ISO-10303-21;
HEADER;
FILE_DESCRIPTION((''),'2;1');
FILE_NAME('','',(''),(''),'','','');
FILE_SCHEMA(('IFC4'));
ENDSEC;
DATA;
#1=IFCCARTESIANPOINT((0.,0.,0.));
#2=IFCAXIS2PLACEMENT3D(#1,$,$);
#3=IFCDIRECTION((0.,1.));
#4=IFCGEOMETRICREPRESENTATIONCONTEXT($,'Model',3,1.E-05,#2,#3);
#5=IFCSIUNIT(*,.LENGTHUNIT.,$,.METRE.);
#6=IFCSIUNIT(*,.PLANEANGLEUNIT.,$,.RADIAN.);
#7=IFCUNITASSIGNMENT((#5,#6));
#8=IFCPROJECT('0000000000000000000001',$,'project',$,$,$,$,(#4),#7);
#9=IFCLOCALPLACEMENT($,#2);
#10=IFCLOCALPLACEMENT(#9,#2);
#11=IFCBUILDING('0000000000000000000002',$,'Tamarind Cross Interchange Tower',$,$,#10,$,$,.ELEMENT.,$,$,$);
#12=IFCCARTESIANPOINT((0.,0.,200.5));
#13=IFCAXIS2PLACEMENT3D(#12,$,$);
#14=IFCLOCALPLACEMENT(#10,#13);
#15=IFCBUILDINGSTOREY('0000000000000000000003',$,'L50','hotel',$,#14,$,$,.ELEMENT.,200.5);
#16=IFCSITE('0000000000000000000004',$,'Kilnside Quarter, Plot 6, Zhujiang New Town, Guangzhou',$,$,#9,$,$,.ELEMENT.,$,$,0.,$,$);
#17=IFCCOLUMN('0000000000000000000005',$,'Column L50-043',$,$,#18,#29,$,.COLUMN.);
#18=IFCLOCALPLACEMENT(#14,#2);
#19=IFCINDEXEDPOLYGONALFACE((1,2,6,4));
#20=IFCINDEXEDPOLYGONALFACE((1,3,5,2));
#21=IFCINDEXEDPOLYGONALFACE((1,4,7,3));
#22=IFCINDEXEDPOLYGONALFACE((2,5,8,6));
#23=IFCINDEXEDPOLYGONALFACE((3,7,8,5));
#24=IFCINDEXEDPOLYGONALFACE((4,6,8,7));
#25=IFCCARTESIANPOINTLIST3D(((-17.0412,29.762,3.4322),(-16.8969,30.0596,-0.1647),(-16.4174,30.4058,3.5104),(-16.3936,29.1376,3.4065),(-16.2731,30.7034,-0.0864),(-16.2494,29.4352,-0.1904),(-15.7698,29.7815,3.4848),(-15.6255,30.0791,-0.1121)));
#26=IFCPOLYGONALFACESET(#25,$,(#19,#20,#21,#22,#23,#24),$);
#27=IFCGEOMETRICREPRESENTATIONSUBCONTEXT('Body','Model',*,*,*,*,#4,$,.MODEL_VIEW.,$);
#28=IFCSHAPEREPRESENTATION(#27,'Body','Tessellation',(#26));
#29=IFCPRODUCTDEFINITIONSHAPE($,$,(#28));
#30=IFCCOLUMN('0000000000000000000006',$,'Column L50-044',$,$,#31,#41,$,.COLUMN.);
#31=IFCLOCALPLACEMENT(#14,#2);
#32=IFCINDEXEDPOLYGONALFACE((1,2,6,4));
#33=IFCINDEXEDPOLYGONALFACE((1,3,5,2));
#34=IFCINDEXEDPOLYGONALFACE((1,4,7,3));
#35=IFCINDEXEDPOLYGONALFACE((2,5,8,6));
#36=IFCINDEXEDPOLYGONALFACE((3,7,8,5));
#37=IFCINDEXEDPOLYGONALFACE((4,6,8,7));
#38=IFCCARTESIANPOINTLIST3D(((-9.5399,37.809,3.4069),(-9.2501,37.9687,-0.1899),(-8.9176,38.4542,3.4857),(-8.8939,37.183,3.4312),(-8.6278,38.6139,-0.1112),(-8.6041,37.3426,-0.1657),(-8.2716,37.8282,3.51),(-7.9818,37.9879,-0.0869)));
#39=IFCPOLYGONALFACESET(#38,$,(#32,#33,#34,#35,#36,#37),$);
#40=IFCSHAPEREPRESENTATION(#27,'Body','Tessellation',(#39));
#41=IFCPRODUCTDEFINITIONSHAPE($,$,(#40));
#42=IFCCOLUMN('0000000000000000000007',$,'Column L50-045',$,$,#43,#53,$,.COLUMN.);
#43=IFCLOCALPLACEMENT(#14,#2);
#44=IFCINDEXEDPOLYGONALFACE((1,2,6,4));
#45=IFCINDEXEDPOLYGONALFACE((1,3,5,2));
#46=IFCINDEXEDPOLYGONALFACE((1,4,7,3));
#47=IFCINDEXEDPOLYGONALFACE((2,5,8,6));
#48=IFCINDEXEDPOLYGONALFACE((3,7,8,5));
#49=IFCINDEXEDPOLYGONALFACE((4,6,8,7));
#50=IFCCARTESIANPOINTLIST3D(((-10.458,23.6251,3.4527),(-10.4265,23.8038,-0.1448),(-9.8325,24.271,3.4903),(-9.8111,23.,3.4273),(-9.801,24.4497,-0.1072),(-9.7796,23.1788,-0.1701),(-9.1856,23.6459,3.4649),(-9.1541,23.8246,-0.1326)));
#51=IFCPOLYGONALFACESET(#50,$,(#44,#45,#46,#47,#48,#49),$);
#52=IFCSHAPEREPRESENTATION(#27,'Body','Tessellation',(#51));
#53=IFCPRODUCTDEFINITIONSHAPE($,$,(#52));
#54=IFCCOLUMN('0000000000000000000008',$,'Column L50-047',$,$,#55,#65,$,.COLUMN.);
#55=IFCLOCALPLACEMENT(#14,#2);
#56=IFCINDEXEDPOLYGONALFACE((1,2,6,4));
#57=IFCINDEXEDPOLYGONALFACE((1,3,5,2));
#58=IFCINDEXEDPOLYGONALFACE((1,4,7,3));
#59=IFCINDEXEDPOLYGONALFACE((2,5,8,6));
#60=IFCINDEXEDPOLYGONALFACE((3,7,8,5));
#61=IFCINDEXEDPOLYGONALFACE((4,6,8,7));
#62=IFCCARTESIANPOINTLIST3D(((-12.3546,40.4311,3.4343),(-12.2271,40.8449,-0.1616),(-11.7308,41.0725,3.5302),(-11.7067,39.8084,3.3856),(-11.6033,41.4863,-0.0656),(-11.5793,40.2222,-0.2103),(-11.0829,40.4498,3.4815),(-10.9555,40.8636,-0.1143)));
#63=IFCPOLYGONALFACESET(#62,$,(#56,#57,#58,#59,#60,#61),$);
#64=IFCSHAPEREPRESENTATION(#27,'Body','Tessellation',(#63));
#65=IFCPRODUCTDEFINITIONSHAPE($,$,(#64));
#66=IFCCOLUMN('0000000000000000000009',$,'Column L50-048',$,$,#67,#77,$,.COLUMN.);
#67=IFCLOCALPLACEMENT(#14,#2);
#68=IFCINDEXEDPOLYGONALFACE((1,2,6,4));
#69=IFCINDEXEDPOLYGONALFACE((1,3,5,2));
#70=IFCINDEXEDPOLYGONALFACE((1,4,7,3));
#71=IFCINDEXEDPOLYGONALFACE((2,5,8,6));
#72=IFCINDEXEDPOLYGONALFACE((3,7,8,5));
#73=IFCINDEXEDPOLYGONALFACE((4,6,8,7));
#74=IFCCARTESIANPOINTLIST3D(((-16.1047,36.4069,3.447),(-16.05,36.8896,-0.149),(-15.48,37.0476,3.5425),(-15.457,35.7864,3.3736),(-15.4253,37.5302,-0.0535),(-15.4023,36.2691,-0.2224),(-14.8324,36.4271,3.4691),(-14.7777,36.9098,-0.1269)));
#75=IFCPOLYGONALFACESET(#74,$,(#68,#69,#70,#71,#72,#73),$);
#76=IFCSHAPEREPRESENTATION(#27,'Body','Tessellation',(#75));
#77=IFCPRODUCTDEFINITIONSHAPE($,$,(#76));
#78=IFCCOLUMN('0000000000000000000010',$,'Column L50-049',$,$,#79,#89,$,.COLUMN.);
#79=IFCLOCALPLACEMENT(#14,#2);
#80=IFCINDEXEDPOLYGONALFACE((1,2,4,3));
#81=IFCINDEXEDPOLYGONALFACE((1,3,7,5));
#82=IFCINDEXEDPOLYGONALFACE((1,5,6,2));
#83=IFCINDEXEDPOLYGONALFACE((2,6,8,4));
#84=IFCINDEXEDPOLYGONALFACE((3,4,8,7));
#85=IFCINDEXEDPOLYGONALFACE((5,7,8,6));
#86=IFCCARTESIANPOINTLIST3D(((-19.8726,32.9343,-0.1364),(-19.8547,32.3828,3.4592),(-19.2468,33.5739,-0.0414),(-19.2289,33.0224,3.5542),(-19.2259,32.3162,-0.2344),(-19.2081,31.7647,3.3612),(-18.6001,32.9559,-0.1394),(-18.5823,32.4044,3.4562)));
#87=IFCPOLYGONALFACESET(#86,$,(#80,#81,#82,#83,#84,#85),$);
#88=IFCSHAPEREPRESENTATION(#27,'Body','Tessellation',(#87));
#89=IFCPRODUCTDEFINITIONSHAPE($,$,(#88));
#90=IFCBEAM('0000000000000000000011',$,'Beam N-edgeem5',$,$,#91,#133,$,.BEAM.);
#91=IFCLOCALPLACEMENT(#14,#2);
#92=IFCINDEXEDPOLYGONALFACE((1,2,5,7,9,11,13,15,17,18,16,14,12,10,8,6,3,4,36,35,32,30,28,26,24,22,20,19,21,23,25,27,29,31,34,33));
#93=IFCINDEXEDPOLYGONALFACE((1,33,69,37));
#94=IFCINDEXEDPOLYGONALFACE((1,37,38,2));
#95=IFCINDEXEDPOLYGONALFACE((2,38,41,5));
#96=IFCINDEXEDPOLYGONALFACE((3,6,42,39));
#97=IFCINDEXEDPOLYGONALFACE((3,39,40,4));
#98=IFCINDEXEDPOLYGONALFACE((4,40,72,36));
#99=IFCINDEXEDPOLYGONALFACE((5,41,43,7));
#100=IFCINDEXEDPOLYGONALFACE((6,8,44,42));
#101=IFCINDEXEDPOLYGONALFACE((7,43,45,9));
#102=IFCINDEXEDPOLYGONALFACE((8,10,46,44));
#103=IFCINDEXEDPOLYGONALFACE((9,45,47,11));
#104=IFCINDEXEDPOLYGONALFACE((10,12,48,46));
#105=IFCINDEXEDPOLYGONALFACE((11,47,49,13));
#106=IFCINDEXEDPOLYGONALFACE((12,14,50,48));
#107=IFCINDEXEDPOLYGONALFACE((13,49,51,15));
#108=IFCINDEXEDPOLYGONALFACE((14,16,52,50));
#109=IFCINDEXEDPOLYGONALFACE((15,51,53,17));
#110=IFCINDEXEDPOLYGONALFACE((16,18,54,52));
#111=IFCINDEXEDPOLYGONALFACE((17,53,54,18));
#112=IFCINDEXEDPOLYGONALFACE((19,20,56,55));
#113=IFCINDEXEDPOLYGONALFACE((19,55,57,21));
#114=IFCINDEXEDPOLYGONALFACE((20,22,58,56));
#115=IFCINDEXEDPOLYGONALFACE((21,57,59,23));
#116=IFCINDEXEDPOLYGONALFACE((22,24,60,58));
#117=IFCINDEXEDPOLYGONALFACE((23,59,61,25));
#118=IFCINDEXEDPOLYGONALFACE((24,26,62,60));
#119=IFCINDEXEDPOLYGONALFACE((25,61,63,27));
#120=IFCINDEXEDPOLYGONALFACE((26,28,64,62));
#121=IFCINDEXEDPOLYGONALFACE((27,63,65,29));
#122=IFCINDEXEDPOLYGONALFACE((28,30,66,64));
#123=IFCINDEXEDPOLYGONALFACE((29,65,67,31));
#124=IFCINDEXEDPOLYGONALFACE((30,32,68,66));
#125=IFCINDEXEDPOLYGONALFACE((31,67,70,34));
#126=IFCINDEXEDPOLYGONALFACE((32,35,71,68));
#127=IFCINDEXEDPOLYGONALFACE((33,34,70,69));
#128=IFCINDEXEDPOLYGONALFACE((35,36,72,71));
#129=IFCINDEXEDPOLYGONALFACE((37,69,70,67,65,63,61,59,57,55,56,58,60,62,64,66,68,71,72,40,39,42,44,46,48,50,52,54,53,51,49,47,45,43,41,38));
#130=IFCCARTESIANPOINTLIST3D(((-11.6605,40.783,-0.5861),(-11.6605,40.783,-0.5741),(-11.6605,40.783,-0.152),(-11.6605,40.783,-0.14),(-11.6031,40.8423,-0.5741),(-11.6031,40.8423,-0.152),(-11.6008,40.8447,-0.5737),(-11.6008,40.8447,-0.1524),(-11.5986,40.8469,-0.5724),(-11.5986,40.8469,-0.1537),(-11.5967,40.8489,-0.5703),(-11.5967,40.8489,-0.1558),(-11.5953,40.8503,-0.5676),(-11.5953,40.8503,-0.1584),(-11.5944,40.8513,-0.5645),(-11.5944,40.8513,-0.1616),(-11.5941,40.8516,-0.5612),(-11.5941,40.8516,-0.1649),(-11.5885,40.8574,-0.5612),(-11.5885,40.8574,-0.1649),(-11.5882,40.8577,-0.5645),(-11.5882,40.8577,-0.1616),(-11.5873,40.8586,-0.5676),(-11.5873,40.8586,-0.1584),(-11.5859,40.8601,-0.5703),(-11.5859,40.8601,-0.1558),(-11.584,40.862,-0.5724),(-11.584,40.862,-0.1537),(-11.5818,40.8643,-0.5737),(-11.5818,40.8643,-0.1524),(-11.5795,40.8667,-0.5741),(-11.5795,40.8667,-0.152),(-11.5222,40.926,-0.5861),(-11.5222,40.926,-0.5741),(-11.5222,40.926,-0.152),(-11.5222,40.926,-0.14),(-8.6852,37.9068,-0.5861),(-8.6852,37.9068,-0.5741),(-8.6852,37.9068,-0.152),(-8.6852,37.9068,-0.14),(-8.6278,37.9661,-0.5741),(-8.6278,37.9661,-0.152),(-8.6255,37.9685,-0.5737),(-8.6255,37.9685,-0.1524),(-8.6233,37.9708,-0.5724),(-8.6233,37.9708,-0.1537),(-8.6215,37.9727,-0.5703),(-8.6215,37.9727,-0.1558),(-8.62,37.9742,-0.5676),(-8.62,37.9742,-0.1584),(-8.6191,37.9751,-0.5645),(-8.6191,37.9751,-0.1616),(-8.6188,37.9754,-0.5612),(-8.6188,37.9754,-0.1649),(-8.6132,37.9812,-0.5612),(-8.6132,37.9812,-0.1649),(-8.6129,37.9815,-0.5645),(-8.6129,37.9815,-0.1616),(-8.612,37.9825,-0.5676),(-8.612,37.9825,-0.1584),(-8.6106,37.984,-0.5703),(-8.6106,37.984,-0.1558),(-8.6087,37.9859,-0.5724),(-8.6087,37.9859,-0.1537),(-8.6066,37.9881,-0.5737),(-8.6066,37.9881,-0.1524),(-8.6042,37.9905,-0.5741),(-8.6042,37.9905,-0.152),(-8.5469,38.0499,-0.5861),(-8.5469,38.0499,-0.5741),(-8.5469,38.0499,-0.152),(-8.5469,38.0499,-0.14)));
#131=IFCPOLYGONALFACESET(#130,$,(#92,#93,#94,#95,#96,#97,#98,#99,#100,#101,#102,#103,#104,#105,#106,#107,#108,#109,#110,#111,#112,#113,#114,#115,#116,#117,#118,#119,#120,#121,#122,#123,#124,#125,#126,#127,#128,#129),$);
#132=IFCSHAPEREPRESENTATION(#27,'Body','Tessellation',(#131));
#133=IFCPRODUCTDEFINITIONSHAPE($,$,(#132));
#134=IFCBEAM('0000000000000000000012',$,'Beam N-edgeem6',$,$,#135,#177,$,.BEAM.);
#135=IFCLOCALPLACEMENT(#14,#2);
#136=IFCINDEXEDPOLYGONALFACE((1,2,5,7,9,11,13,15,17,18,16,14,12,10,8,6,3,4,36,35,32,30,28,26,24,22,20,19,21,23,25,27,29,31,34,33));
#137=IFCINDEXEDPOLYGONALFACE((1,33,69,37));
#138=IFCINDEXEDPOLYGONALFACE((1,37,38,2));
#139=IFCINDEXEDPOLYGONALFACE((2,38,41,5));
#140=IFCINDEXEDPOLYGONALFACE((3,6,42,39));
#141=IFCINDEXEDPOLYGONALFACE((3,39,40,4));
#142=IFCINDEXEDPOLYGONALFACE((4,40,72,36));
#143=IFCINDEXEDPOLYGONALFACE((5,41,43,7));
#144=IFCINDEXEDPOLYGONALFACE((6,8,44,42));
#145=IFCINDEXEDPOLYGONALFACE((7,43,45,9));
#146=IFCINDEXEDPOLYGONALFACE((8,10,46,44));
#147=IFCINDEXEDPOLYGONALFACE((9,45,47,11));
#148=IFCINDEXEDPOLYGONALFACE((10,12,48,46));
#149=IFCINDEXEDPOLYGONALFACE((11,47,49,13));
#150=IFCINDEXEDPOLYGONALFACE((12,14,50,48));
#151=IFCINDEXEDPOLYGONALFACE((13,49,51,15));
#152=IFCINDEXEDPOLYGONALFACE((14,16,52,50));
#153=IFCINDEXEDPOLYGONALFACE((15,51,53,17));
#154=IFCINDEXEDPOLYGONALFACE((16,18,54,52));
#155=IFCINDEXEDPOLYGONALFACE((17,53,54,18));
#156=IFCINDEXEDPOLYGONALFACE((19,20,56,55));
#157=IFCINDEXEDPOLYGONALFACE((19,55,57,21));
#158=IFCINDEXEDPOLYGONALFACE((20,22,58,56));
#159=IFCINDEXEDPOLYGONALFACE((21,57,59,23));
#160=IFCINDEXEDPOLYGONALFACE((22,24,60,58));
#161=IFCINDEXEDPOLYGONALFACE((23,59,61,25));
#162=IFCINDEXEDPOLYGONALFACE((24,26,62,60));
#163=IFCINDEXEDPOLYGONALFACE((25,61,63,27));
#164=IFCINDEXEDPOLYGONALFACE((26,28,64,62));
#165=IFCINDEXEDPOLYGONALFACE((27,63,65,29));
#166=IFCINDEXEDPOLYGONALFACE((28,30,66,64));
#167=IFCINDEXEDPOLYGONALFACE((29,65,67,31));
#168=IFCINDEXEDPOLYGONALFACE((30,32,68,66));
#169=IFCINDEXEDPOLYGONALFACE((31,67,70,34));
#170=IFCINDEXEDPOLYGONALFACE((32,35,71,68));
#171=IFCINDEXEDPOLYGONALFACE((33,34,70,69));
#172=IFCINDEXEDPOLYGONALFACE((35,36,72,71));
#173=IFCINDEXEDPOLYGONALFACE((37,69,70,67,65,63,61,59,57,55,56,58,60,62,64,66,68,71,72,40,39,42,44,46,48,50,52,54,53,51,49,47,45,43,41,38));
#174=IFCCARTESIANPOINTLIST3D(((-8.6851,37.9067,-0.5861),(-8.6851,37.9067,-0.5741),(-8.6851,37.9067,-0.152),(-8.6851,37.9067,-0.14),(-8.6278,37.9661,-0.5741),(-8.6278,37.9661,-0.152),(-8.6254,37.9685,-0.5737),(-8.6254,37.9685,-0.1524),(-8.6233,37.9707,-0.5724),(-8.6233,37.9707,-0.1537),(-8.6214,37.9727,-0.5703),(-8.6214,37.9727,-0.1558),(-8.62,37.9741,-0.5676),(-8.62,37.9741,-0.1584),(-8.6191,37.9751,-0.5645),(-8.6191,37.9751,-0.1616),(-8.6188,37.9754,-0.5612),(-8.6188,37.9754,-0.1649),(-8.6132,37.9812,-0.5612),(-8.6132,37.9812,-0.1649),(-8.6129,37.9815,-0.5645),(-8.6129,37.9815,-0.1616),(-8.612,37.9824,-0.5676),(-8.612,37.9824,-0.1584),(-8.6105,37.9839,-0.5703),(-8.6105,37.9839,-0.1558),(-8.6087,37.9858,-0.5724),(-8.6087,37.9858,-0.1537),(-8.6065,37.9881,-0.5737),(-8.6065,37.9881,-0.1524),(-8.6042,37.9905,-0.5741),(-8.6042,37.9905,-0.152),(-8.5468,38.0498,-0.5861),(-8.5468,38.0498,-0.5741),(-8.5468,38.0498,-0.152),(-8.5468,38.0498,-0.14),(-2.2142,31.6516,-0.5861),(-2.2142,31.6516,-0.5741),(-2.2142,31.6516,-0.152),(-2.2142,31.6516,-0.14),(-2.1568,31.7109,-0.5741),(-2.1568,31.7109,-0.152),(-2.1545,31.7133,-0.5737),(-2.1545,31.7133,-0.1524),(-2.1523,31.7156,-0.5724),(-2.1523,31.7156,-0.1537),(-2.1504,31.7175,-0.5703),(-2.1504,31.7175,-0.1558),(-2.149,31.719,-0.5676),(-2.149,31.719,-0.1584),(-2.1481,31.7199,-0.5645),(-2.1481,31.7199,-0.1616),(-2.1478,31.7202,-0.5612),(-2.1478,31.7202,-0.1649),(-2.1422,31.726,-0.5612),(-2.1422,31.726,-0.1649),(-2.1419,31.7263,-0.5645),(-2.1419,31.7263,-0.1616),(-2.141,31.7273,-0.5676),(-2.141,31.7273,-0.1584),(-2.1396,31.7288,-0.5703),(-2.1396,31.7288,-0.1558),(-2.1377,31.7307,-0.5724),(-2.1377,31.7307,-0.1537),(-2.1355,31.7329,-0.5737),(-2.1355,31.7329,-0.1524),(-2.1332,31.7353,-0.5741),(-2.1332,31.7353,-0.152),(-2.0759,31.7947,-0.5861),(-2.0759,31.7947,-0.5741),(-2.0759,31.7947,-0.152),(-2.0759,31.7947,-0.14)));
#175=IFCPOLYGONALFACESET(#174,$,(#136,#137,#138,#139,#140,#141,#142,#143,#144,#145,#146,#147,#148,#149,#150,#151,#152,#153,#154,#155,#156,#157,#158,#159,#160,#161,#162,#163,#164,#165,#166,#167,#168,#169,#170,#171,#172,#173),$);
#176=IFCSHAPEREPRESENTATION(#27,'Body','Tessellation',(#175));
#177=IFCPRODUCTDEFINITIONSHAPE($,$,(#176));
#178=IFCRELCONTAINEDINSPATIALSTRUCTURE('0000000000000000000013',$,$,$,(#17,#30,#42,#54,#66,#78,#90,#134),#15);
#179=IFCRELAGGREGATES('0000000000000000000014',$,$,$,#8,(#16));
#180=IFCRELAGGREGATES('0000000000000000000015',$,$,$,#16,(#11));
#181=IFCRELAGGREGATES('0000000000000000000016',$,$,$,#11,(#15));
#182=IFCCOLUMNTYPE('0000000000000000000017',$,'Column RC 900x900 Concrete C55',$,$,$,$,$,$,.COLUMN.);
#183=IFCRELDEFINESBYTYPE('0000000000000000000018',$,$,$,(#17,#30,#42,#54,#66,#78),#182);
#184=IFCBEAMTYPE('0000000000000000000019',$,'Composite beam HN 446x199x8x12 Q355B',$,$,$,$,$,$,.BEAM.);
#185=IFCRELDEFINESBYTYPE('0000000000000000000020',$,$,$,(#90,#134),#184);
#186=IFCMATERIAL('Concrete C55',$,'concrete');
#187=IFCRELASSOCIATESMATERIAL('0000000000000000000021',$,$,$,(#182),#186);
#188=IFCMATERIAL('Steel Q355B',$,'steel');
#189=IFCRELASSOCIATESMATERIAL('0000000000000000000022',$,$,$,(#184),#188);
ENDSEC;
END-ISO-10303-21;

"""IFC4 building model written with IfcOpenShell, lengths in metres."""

from ifc_helpers import new_model, si_unit, direction, frame, origin, origin_2d, place, context, subcontext, project, spatial, rectangle, i_section, extrude, material, material_profile, profile_set, type_object, element, save


model = new_model("IFC4")

# Units and contexts
model_context = context("Model", 3, precision=1e-05, world=origin(), true_north=direction((0.0, 1.0)))
body_context = subcontext(model_context, "Body", "Model", "MODEL_VIEW")
ifc_project = project(units=[si_unit("LENGTHUNIT", "METRE"), si_unit("PLANEANGLEUNIT", "RADIAN")], contexts=[model_context])

# Site, building, storey
site_placement = place(None, origin())
site = spatial("IfcSite", under=ifc_project, at=site_placement, Name="Kilnside Quarter, Plot 6, Zhujiang New Town, Guangzhou", CompositionType="ELEMENT", RefElevation=0.0)
building_placement = place(site_placement, origin())
building = spatial("IfcBuilding", under=site, at=building_placement, Name="Tamarind Cross Interchange Tower", CompositionType="ELEMENT")
storey_placement = place(building_placement, frame((0.0, 0.0, 200.5)))
storey = spatial("IfcBuildingStorey", under=building, at=storey_placement, Name="L50", Description="hotel", CompositionType="ELEMENT", Elevation=200.5)

# Columns
ifc_material_1 = material(Name="Concrete C55", Category="concrete")
ifc_material_profile_1 = material_profile(ifc_material_1, rectangle(XDim=0.8999, YDim=0.8999, at=origin_2d()), Name="RC 900x900")
ifc_profile_set_1 = profile_set([ifc_material_profile_1], Name="Concrete C55")
column_type = type_object("IfcColumnType", Name="Column RC 900x900 Concrete C55", PredefinedType="COLUMN", material=ifc_profile_set_1)
for number, where, z_axis, x_axis, name in (
    (1, (-16.2612, 30.0693, -0.1384), (-0.039946, -0.082392, 0.995799), (0.693219, 0.715456, 0.087004), "Column L50-043"),
    (2, (-8.616, 37.9783, -0.1384), (-0.080229, -0.044204, 0.995796), (0.717861, -0.695664, 0.026956), "Column L50-044"),
):
    element("IfcColumn", number, at=place(storey_placement, frame(where, z_axis=z_axis, x_axis=x_axis)), inside=storey, type_object=column_type, Name=name, PredefinedType="COLUMN", context=body_context, shape_type="SweptSolid", body=[
        extrude(rectangle(XDim=0.8999, YDim=0.8999, at=origin_2d()), origin(), (0.0, 0.0, 1.0), 3.6121),
    ])
column_1_placement = place(storey_placement, frame((-9.7903, 23.8142, -0.1387), z_axis=(-0.008744, -0.049615, 0.99873), x_axis=(0.695071, 0.717728, 0.04174)))
element("IfcColumn", 3, at=column_1_placement, inside=storey, type_object=column_type, Name="Column L50-045", PredefinedType="COLUMN", context=body_context, shape_type="SweptSolid", body=[
    extrude(rectangle(XDim=0.8999, YDim=0.8999, at=origin_2d()), origin(), (0.0, 0.0, 1.0), 3.6021),
])
column_2_placement = place(storey_placement, frame((-11.5913, 40.8542, -0.1379), z_axis=(-0.035186, -0.114254, 0.992828), x_axis=(0.693196, 0.712822, 0.106598)))
element("IfcColumn", 4, at=column_2_placement, inside=storey, type_object=column_type, Name="Column L50-047", PredefinedType="COLUMN", context=body_context, shape_type="SweptSolid", body=[
    extrude(rectangle(XDim=0.8999, YDim=0.8999, at=origin_2d()), origin(), (0.0, 0.0, 1.0), 3.6218),
])
column_3_placement = place(storey_placement, frame((-15.4138, 36.8997, -0.1379), z_axis=(-0.015071, -0.133017, 0.990999), x_axis=(0.694163, 0.711952, 0.106119)))
element("IfcColumn", 5, at=column_3_placement, inside=storey, type_object=column_type, Name="Column L50-048", PredefinedType="COLUMN", context=body_context, shape_type="SweptSolid", body=[
    extrude(rectangle(XDim=0.8999, YDim=0.8999, at=origin_2d()), origin(), (0.0, 0.0, 1.0), 3.6287),
])
column_4_placement = place(storey_placement, frame((-19.2363, 32.9451, -0.1379), z_axis=(0.004899, -0.151607, 0.988429), x_axis=(0.695408, 0.710817, 0.105579)))
element("IfcColumn", 6, at=column_4_placement, inside=storey, type_object=column_type, Name="Column L50-049", PredefinedType="COLUMN", context=body_context, shape_type="SweptSolid", body=[
    extrude(rectangle(XDim=0.8999, YDim=0.8999, at=origin_2d()), origin(), (0.0, 0.0, 1.0), 3.6377),
])

# Beams
ifc_material_2 = material(Name="Steel Q355B", Category="steel")
ifc_material_profile_2 = material_profile(ifc_material_2, i_section(OverallWidth=0.199, OverallDepth=0.446, WebThickness=0.0081, FlangeThickness=0.012, FilletRadius=0.0129, at=origin_2d()), Name="HN 446x199x8x12")
ifc_profile_set_2 = profile_set([ifc_material_profile_2], Name="Steel Q355B")
beam_type_1 = type_object("IfcBeamType", Name="Composite beam HN 446x199x8x12 Q355B", PredefinedType="BEAM", material=ifc_profile_set_2)
beam_1_placement = place(storey_placement, frame((-11.5913, 40.8545, -0.363), z_axis=(0.718981, -0.695029, 0.0), x_axis=(0.695029, 0.718981, 0.0)))
element("IfcBeam", 7, at=beam_1_placement, inside=storey, type_object=beam_type_1, Name="Beam N-edgeem5", PredefinedType="BEAM", context=body_context, shape_type="SweptSolid", body=[
    extrude(i_section(OverallWidth=0.199, OverallDepth=0.446, WebThickness=0.0081, FlangeThickness=0.012, FilletRadius=0.0129, at=origin_2d()), origin(), (0.0, 0.0, 1.0), 4.1382),
])
beam_2_placement = place(storey_placement, frame((-8.616, 37.9783, -0.363), z_axis=(0.718995, -0.695015, 0.0), x_axis=(0.695015, 0.718995, 0.0)))
element("IfcBeam", 8, at=beam_2_placement, inside=storey, type_object=beam_type_1, Name="Beam N-edgeem6", PredefinedType="BEAM", context=body_context, shape_type="SweptSolid", body=[
    extrude(i_section(OverallWidth=0.199, OverallDepth=0.446, WebThickness=0.0081, FlangeThickness=0.012, FilletRadius=0.0129, at=origin_2d()), origin(), (0.0, 0.0, 1.0), 9.0),
])

save(model, "model.ifc")
